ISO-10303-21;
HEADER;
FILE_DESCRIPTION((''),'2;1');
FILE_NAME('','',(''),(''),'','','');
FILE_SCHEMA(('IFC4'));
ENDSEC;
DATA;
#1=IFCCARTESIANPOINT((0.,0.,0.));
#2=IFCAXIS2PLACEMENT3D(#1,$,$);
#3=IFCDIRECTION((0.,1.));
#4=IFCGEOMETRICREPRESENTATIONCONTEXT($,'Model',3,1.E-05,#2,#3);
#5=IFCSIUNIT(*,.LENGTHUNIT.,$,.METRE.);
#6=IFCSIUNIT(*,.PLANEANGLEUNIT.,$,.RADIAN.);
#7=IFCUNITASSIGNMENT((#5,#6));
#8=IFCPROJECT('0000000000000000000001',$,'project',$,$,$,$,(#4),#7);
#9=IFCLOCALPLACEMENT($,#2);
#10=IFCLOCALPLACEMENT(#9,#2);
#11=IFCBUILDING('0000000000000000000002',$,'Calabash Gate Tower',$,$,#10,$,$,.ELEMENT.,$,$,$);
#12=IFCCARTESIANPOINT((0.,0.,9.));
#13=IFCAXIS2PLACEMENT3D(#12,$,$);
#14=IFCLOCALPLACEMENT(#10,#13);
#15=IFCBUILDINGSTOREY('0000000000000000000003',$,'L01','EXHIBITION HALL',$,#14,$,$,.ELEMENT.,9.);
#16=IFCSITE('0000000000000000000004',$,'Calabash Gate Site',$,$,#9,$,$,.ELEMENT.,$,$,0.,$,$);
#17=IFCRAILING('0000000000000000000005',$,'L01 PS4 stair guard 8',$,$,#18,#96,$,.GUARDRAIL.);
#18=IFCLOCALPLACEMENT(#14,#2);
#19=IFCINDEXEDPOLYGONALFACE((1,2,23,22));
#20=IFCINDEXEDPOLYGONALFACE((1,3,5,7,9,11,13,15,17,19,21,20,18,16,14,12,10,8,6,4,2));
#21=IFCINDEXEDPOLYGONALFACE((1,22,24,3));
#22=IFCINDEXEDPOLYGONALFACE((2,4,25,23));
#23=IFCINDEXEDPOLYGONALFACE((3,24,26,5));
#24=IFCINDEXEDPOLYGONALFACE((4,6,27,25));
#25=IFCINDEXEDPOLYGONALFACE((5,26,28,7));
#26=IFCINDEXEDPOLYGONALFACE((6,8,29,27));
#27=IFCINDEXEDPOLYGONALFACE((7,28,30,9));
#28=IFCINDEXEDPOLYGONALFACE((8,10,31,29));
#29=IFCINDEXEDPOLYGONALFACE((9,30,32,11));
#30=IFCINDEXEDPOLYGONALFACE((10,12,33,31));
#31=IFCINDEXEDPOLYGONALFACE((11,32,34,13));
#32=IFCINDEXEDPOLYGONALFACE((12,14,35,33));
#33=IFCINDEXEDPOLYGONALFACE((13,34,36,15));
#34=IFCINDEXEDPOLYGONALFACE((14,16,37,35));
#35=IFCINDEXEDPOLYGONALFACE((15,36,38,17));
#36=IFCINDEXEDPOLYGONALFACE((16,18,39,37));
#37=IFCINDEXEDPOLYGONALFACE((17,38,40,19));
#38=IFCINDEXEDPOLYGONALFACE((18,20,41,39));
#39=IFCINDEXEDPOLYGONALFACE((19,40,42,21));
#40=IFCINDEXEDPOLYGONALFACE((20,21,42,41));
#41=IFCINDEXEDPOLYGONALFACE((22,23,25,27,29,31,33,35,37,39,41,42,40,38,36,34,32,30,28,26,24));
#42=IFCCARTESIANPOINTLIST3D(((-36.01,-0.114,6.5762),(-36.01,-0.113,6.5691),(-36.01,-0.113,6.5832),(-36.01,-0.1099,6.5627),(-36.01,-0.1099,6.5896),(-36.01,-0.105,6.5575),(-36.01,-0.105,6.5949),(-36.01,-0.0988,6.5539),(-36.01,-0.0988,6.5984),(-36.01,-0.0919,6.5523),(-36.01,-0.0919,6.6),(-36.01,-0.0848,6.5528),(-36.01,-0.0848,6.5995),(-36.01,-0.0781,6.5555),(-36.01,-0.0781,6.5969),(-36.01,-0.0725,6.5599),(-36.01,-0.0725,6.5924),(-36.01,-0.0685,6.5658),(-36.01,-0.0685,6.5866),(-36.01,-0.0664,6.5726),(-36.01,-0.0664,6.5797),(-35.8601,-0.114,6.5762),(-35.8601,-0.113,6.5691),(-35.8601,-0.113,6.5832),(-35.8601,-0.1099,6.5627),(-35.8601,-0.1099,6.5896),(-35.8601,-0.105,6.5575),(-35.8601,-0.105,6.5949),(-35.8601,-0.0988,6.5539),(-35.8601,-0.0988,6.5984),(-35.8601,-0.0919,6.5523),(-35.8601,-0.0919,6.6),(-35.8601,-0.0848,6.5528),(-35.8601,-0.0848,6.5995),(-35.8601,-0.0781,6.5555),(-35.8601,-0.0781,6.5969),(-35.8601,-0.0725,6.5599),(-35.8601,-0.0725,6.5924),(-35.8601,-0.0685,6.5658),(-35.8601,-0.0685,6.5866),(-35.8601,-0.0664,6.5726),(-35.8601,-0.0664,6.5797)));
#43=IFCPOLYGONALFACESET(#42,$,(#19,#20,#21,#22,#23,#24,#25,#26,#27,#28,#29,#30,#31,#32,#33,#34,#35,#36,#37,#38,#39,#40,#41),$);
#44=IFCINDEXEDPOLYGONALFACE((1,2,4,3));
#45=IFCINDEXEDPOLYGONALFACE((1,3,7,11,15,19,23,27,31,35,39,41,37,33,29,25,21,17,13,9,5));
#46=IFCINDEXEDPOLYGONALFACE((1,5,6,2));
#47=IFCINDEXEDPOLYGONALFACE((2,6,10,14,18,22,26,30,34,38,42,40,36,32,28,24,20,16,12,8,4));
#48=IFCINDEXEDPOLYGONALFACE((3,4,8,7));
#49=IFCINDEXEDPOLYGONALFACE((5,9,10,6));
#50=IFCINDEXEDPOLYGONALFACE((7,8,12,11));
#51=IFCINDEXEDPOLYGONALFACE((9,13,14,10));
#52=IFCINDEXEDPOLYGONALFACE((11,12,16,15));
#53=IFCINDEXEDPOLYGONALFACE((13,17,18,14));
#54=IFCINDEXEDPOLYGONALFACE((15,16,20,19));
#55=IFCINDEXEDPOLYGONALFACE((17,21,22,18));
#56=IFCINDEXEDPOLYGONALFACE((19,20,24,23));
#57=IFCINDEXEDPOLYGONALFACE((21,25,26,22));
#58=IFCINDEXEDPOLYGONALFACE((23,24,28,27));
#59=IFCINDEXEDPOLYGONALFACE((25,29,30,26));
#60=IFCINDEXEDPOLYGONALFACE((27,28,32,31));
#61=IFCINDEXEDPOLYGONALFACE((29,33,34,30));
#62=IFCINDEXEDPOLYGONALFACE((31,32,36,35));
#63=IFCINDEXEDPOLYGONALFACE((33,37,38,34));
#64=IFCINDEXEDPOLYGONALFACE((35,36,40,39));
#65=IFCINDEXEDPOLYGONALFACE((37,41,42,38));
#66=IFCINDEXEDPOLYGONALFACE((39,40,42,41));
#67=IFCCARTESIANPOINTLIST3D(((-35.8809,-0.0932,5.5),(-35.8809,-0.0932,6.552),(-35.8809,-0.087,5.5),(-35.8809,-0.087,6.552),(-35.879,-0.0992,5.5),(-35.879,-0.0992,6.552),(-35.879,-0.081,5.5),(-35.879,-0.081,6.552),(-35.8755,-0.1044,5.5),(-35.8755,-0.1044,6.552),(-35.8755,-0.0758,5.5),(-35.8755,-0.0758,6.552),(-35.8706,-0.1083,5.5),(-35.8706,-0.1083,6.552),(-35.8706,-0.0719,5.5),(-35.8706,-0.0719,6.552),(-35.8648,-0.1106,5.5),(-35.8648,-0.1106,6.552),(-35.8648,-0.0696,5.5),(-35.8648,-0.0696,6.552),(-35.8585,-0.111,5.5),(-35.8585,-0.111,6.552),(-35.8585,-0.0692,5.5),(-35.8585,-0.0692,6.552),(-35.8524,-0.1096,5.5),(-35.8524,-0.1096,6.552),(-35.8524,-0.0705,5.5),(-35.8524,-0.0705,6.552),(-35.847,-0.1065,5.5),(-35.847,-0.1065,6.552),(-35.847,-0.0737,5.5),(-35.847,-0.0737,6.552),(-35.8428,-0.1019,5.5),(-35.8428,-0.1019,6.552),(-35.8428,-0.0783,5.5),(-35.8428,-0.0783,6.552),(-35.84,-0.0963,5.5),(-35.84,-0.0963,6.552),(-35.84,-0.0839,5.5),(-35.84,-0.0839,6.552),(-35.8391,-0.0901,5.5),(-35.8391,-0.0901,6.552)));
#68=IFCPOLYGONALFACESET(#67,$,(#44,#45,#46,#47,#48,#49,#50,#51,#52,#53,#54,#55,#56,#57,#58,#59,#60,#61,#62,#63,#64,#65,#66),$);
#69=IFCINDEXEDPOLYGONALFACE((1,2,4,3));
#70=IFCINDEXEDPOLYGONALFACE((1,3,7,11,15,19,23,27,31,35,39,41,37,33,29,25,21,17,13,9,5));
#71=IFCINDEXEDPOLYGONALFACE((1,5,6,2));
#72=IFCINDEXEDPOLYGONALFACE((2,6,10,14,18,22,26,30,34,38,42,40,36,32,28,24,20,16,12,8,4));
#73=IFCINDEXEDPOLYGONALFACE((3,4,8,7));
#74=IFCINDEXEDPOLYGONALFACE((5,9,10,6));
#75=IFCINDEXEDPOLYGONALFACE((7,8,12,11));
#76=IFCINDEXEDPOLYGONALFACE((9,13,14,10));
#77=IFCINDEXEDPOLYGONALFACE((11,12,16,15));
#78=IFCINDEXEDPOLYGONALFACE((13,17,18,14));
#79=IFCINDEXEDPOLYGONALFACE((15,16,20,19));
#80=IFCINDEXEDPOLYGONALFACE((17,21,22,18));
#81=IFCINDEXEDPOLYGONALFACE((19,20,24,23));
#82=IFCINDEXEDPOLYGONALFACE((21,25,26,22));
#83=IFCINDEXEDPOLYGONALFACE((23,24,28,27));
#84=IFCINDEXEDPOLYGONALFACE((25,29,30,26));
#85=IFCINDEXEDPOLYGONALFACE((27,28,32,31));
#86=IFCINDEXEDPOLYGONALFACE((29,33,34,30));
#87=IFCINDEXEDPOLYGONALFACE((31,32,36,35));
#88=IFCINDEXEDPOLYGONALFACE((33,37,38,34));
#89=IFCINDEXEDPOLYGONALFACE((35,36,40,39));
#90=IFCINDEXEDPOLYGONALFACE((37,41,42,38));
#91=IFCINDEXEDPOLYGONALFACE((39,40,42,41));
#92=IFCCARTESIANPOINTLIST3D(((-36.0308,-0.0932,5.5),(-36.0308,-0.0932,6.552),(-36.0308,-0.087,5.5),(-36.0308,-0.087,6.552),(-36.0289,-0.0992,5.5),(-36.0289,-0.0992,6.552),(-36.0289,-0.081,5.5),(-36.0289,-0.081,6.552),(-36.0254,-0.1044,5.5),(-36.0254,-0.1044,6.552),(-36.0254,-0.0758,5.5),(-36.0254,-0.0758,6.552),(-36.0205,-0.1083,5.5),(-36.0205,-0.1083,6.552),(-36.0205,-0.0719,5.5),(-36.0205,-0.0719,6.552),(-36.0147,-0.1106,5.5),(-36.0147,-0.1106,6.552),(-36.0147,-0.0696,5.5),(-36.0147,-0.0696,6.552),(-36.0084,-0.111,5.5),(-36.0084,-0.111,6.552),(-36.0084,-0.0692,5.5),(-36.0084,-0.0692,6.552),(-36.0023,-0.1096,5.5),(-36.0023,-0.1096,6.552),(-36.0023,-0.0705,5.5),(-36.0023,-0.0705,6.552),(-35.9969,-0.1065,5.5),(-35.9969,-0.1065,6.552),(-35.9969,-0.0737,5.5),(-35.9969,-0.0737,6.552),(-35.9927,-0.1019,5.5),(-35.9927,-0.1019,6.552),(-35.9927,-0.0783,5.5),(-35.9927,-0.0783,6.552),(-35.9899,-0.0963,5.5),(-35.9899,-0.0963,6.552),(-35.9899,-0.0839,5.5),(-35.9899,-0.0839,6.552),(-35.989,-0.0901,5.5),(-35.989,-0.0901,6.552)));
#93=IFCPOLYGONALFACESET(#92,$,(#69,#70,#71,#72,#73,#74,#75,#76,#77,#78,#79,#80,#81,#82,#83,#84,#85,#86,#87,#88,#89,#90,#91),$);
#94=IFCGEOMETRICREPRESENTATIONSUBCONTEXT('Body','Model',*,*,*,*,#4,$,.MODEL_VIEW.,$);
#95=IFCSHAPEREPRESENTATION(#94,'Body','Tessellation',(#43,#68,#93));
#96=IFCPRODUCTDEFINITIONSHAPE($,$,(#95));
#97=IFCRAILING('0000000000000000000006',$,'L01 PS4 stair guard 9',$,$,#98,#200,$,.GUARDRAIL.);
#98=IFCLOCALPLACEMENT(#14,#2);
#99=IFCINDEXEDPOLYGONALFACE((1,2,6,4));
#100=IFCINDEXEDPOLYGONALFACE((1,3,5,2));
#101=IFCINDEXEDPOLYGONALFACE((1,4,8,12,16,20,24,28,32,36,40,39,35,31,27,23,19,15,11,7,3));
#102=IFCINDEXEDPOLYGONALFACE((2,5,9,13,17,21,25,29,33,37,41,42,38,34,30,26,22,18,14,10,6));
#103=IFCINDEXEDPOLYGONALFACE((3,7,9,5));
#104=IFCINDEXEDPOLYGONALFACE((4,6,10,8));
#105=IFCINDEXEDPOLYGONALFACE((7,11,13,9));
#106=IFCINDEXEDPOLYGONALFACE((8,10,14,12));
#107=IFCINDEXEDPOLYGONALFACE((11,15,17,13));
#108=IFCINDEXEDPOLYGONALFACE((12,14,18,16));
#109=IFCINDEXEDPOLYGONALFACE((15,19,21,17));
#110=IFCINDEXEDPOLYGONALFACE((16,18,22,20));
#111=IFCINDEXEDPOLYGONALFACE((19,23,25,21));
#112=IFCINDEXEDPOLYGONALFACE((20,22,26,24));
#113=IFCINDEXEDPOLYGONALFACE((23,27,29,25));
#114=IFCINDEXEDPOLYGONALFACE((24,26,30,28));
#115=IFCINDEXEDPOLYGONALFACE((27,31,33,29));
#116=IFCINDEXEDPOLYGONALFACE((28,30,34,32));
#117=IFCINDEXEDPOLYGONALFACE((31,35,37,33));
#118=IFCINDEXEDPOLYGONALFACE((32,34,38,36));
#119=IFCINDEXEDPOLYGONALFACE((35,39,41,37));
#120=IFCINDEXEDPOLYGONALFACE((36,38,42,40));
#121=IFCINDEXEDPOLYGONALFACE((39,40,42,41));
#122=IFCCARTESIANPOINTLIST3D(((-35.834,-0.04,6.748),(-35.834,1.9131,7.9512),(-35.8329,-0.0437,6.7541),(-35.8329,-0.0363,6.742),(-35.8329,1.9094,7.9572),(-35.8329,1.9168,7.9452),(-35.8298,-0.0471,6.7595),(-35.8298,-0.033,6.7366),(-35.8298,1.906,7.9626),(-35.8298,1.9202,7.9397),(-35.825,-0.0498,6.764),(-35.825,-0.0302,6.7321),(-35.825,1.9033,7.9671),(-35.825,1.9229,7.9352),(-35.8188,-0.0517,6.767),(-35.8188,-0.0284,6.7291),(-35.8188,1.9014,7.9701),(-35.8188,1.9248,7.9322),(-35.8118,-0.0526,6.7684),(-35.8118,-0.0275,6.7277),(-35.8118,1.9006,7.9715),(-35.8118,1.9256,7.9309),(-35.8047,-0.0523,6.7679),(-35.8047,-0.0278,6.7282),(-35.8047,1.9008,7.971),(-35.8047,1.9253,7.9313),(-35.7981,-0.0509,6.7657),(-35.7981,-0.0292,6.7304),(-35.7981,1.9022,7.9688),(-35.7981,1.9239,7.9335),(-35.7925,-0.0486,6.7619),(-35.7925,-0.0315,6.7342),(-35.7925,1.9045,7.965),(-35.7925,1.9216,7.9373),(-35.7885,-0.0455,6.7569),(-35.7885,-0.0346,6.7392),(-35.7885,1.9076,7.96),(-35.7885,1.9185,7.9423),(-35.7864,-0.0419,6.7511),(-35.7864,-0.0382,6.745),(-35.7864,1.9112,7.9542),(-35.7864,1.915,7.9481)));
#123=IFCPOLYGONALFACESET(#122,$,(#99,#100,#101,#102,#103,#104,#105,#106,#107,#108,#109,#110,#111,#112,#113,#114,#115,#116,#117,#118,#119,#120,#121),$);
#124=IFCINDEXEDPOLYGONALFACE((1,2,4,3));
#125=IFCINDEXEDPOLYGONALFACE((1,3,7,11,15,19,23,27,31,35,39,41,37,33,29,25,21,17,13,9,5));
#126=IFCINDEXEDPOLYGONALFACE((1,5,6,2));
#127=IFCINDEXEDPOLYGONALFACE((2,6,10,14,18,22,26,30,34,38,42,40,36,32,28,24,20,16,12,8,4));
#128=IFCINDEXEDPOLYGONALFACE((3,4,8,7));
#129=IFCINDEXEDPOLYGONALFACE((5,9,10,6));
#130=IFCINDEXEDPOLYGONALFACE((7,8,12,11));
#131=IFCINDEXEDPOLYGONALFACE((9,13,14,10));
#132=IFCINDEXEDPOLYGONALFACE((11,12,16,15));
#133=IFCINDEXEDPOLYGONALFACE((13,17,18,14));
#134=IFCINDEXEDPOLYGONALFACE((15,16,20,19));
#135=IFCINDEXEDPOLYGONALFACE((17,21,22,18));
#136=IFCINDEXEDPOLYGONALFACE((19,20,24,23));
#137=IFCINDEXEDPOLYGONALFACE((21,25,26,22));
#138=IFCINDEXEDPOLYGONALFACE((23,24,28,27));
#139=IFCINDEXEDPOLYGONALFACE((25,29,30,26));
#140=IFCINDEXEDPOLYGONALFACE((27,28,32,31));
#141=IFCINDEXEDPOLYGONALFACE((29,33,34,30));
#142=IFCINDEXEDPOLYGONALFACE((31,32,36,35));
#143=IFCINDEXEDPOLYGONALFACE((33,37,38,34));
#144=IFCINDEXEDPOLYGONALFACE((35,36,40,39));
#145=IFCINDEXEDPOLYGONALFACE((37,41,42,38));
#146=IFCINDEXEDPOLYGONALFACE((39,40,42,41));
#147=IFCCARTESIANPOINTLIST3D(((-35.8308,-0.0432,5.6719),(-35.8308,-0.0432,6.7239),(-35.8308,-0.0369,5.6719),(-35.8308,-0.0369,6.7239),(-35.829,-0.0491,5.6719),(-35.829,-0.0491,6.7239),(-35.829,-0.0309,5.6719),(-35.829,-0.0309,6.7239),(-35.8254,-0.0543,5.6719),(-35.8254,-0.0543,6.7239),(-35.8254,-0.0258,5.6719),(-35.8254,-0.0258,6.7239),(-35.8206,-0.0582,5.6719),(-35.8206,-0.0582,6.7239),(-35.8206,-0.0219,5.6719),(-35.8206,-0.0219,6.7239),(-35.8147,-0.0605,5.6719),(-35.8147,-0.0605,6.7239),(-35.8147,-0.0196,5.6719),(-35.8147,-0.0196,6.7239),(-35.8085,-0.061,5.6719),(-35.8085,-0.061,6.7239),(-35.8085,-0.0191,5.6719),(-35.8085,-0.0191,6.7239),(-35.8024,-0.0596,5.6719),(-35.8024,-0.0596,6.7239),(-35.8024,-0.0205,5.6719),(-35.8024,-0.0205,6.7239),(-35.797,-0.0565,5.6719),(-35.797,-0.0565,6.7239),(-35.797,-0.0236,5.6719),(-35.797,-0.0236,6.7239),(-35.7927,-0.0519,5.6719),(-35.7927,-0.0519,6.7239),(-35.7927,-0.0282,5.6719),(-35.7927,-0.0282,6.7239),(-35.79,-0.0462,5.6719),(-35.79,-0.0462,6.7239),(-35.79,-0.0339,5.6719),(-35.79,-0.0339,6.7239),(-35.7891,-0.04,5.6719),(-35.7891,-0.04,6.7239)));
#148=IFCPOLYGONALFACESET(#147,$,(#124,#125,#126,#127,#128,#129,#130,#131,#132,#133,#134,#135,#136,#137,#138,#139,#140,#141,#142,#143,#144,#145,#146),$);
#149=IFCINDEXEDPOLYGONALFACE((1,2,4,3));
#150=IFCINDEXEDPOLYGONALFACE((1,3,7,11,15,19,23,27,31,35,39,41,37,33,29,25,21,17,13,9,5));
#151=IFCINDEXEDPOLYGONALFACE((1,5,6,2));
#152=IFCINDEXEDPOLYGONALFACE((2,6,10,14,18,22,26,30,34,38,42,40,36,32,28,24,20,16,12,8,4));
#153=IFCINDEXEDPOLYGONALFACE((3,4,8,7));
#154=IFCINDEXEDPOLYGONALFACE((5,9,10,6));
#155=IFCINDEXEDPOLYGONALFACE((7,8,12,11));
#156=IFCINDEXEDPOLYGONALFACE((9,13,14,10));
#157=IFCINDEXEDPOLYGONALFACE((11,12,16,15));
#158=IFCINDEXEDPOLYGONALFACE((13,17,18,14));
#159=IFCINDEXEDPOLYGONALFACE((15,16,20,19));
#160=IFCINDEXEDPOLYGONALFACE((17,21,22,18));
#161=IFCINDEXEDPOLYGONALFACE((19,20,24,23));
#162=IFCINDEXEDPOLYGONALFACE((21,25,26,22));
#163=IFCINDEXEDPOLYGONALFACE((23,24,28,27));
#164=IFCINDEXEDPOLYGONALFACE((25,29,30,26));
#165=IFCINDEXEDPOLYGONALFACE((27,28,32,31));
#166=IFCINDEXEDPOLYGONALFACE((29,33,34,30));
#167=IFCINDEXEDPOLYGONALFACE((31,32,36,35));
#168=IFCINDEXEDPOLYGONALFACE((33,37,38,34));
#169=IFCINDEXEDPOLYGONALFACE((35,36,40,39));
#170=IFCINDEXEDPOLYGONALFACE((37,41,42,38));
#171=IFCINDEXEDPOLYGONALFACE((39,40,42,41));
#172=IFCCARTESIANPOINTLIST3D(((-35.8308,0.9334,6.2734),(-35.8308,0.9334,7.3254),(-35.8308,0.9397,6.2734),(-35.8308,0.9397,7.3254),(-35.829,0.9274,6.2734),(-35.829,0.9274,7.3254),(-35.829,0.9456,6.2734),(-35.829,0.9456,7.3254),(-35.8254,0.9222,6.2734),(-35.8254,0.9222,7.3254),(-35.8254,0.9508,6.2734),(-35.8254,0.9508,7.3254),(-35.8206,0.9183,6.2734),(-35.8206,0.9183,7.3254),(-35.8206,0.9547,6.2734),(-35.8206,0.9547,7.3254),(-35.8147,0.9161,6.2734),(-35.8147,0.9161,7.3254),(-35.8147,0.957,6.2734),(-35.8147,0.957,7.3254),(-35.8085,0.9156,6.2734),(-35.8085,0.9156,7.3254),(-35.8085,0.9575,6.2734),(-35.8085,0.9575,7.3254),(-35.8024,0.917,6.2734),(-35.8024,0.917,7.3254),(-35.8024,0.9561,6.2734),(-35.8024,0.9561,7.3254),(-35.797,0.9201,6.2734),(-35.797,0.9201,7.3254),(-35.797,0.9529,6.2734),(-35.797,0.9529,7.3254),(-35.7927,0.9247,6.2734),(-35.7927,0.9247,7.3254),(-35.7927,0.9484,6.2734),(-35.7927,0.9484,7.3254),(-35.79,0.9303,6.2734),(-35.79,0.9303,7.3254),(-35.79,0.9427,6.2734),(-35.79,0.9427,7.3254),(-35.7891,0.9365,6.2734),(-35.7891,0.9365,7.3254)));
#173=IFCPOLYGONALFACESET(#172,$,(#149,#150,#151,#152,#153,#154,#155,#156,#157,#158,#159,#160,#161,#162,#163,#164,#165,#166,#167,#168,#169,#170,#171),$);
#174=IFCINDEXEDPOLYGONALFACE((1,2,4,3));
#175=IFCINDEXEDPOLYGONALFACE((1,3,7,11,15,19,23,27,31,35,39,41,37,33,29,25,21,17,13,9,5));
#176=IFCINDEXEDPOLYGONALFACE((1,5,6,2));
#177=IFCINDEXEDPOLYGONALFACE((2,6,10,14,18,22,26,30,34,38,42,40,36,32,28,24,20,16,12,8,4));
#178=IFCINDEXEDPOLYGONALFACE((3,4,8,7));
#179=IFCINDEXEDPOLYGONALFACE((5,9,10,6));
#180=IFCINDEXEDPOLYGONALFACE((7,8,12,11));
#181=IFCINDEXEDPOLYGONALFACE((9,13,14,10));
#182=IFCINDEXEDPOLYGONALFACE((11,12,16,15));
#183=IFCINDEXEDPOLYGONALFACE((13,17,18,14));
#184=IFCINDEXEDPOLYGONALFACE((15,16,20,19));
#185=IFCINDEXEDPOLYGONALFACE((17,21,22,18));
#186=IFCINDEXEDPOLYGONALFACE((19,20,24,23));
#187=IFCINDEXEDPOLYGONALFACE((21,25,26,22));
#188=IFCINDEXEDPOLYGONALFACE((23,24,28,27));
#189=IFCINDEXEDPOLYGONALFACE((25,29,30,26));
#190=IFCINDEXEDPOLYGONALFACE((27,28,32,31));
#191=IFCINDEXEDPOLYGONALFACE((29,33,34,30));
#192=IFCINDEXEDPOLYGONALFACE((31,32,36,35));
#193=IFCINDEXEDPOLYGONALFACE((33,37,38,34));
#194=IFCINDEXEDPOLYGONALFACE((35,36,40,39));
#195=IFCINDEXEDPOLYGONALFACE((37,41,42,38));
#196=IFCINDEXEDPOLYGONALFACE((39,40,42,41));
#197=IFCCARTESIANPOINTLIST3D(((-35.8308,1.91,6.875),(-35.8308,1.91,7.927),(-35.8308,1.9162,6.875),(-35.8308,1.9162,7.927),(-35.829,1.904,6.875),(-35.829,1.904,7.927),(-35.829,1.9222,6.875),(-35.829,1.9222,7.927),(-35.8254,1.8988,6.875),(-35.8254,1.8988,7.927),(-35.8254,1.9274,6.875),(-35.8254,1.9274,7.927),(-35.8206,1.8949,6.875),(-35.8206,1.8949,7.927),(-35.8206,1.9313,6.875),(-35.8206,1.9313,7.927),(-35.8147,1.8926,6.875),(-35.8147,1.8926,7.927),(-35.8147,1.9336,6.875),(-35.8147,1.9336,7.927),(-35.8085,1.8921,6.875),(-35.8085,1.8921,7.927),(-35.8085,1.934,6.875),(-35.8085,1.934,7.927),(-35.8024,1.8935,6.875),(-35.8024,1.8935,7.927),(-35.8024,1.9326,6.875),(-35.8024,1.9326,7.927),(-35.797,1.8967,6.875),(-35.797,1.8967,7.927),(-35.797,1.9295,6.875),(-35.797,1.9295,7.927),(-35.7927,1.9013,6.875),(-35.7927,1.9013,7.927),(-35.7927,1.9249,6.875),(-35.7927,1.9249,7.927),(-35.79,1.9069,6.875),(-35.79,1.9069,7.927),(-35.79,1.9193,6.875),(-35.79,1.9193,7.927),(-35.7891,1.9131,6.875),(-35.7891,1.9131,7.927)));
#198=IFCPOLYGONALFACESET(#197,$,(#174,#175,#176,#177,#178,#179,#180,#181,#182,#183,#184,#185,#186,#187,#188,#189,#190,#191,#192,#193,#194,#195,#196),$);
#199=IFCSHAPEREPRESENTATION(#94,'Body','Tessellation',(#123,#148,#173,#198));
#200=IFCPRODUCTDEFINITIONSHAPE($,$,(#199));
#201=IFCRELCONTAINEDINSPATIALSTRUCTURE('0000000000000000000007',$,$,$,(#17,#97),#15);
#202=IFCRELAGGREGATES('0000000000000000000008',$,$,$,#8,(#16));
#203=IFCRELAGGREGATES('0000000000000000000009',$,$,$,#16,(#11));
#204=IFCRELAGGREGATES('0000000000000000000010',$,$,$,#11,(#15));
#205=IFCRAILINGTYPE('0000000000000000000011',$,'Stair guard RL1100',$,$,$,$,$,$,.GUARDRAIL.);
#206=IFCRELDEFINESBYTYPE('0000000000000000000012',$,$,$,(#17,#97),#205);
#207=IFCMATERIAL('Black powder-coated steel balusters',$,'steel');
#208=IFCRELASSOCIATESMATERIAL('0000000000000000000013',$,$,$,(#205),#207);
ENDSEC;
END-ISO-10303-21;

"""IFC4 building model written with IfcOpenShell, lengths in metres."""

from ifc_helpers import new_model, si_unit, direction, frame, origin, origin_2d, place, context, subcontext, project, spatial, circle, extrude, material, type_object, element, save


model = new_model("IFC4")

# Units and contexts
model_context = context("Model", 3, precision=1e-05, world=origin(), true_north=direction((0.0, 1.0)))
body_context = subcontext(model_context, "Body", "Model", "MODEL_VIEW")
ifc_project = project(units=[si_unit("LENGTHUNIT", "METRE"), si_unit("PLANEANGLEUNIT", "RADIAN")], contexts=[model_context])

# Site, building, storey
site_placement = place(None, origin())
site = spatial("IfcSite", under=ifc_project, at=site_placement, Name="Calabash Gate Site", CompositionType="ELEMENT", RefElevation=0.0)
building_placement = place(site_placement, origin())
building = spatial("IfcBuilding", under=site, at=building_placement, Name="Calabash Gate Tower", CompositionType="ELEMENT")
storey_placement = place(building_placement, frame((0.0, 0.0, 9.0)))
storey = spatial("IfcBuildingStorey", under=building, at=storey_placement, Name="L01", Description="EXHIBITION HALL", CompositionType="ELEMENT", Elevation=9.0)

# Railings
ifc_material_1 = material(Name="Black powder-coated steel balusters", Category="steel")
railing_type_1 = type_object("IfcRailingType", Name="Stair guard RL1100", PredefinedType="GUARDRAIL", material=ifc_material_1)
railing_1_placement = place(storey_placement, frame((-35.8601, -0.0901, 5.5)))
element("IfcRailing", 1, at=railing_1_placement, inside=storey, type_object=railing_type_1, Name="L01 PS4 stair guard 8", PredefinedType="GUARDRAIL", context=body_context, shape_type="SweptSolid", body=[
    extrude(circle(Radius=0.0239, at=origin_2d()), frame((0.0, 0.0, 1.0762), z_axis=(-1.0, 0.0, 0.0), x_axis=(0.0, -1.0, 0.0)), (0.0, 0.0, 1.0), 0.1499),
    extrude(circle(Radius=0.021, at=origin_2d()), origin(), (0.0, 0.0, 1.0), 1.052),
    extrude(circle(Radius=0.021, at=origin_2d()), frame((-0.1499, 0.0, 0.0)), (0.0, 0.0, 1.0), 1.052),
])
railing_2_placement = place(storey_placement, frame((-35.8101, -0.04, 5.6719)))
element("IfcRailing", 2, at=railing_2_placement, inside=storey, type_object=railing_type_1, Name="L01 PS4 stair guard 9", PredefinedType="GUARDRAIL", context=body_context, shape_type="SweptSolid", body=[
    extrude(circle(Radius=0.0239, at=origin_2d()), frame((0.0, 0.0, 1.0762), z_axis=(0.0, 0.851424, 0.524477), x_axis=(-1.0, 0.0, 0.0)), (0.0, 0.0, 1.0), 2.2939),
    extrude(circle(Radius=0.021, at=origin_2d()), origin(), (0.0, 0.0, 1.0), 1.052),
    extrude(circle(Radius=0.021, at=origin_2d()), frame((0.0, 0.9766, 0.6016)), (0.0, 0.0, 1.0), 1.052),
    extrude(circle(Radius=0.021, at=origin_2d()), frame((0.0, 1.9531, 1.2031)), (0.0, 0.0, 1.0), 1.052),
])

save(model, "model.ifc")
